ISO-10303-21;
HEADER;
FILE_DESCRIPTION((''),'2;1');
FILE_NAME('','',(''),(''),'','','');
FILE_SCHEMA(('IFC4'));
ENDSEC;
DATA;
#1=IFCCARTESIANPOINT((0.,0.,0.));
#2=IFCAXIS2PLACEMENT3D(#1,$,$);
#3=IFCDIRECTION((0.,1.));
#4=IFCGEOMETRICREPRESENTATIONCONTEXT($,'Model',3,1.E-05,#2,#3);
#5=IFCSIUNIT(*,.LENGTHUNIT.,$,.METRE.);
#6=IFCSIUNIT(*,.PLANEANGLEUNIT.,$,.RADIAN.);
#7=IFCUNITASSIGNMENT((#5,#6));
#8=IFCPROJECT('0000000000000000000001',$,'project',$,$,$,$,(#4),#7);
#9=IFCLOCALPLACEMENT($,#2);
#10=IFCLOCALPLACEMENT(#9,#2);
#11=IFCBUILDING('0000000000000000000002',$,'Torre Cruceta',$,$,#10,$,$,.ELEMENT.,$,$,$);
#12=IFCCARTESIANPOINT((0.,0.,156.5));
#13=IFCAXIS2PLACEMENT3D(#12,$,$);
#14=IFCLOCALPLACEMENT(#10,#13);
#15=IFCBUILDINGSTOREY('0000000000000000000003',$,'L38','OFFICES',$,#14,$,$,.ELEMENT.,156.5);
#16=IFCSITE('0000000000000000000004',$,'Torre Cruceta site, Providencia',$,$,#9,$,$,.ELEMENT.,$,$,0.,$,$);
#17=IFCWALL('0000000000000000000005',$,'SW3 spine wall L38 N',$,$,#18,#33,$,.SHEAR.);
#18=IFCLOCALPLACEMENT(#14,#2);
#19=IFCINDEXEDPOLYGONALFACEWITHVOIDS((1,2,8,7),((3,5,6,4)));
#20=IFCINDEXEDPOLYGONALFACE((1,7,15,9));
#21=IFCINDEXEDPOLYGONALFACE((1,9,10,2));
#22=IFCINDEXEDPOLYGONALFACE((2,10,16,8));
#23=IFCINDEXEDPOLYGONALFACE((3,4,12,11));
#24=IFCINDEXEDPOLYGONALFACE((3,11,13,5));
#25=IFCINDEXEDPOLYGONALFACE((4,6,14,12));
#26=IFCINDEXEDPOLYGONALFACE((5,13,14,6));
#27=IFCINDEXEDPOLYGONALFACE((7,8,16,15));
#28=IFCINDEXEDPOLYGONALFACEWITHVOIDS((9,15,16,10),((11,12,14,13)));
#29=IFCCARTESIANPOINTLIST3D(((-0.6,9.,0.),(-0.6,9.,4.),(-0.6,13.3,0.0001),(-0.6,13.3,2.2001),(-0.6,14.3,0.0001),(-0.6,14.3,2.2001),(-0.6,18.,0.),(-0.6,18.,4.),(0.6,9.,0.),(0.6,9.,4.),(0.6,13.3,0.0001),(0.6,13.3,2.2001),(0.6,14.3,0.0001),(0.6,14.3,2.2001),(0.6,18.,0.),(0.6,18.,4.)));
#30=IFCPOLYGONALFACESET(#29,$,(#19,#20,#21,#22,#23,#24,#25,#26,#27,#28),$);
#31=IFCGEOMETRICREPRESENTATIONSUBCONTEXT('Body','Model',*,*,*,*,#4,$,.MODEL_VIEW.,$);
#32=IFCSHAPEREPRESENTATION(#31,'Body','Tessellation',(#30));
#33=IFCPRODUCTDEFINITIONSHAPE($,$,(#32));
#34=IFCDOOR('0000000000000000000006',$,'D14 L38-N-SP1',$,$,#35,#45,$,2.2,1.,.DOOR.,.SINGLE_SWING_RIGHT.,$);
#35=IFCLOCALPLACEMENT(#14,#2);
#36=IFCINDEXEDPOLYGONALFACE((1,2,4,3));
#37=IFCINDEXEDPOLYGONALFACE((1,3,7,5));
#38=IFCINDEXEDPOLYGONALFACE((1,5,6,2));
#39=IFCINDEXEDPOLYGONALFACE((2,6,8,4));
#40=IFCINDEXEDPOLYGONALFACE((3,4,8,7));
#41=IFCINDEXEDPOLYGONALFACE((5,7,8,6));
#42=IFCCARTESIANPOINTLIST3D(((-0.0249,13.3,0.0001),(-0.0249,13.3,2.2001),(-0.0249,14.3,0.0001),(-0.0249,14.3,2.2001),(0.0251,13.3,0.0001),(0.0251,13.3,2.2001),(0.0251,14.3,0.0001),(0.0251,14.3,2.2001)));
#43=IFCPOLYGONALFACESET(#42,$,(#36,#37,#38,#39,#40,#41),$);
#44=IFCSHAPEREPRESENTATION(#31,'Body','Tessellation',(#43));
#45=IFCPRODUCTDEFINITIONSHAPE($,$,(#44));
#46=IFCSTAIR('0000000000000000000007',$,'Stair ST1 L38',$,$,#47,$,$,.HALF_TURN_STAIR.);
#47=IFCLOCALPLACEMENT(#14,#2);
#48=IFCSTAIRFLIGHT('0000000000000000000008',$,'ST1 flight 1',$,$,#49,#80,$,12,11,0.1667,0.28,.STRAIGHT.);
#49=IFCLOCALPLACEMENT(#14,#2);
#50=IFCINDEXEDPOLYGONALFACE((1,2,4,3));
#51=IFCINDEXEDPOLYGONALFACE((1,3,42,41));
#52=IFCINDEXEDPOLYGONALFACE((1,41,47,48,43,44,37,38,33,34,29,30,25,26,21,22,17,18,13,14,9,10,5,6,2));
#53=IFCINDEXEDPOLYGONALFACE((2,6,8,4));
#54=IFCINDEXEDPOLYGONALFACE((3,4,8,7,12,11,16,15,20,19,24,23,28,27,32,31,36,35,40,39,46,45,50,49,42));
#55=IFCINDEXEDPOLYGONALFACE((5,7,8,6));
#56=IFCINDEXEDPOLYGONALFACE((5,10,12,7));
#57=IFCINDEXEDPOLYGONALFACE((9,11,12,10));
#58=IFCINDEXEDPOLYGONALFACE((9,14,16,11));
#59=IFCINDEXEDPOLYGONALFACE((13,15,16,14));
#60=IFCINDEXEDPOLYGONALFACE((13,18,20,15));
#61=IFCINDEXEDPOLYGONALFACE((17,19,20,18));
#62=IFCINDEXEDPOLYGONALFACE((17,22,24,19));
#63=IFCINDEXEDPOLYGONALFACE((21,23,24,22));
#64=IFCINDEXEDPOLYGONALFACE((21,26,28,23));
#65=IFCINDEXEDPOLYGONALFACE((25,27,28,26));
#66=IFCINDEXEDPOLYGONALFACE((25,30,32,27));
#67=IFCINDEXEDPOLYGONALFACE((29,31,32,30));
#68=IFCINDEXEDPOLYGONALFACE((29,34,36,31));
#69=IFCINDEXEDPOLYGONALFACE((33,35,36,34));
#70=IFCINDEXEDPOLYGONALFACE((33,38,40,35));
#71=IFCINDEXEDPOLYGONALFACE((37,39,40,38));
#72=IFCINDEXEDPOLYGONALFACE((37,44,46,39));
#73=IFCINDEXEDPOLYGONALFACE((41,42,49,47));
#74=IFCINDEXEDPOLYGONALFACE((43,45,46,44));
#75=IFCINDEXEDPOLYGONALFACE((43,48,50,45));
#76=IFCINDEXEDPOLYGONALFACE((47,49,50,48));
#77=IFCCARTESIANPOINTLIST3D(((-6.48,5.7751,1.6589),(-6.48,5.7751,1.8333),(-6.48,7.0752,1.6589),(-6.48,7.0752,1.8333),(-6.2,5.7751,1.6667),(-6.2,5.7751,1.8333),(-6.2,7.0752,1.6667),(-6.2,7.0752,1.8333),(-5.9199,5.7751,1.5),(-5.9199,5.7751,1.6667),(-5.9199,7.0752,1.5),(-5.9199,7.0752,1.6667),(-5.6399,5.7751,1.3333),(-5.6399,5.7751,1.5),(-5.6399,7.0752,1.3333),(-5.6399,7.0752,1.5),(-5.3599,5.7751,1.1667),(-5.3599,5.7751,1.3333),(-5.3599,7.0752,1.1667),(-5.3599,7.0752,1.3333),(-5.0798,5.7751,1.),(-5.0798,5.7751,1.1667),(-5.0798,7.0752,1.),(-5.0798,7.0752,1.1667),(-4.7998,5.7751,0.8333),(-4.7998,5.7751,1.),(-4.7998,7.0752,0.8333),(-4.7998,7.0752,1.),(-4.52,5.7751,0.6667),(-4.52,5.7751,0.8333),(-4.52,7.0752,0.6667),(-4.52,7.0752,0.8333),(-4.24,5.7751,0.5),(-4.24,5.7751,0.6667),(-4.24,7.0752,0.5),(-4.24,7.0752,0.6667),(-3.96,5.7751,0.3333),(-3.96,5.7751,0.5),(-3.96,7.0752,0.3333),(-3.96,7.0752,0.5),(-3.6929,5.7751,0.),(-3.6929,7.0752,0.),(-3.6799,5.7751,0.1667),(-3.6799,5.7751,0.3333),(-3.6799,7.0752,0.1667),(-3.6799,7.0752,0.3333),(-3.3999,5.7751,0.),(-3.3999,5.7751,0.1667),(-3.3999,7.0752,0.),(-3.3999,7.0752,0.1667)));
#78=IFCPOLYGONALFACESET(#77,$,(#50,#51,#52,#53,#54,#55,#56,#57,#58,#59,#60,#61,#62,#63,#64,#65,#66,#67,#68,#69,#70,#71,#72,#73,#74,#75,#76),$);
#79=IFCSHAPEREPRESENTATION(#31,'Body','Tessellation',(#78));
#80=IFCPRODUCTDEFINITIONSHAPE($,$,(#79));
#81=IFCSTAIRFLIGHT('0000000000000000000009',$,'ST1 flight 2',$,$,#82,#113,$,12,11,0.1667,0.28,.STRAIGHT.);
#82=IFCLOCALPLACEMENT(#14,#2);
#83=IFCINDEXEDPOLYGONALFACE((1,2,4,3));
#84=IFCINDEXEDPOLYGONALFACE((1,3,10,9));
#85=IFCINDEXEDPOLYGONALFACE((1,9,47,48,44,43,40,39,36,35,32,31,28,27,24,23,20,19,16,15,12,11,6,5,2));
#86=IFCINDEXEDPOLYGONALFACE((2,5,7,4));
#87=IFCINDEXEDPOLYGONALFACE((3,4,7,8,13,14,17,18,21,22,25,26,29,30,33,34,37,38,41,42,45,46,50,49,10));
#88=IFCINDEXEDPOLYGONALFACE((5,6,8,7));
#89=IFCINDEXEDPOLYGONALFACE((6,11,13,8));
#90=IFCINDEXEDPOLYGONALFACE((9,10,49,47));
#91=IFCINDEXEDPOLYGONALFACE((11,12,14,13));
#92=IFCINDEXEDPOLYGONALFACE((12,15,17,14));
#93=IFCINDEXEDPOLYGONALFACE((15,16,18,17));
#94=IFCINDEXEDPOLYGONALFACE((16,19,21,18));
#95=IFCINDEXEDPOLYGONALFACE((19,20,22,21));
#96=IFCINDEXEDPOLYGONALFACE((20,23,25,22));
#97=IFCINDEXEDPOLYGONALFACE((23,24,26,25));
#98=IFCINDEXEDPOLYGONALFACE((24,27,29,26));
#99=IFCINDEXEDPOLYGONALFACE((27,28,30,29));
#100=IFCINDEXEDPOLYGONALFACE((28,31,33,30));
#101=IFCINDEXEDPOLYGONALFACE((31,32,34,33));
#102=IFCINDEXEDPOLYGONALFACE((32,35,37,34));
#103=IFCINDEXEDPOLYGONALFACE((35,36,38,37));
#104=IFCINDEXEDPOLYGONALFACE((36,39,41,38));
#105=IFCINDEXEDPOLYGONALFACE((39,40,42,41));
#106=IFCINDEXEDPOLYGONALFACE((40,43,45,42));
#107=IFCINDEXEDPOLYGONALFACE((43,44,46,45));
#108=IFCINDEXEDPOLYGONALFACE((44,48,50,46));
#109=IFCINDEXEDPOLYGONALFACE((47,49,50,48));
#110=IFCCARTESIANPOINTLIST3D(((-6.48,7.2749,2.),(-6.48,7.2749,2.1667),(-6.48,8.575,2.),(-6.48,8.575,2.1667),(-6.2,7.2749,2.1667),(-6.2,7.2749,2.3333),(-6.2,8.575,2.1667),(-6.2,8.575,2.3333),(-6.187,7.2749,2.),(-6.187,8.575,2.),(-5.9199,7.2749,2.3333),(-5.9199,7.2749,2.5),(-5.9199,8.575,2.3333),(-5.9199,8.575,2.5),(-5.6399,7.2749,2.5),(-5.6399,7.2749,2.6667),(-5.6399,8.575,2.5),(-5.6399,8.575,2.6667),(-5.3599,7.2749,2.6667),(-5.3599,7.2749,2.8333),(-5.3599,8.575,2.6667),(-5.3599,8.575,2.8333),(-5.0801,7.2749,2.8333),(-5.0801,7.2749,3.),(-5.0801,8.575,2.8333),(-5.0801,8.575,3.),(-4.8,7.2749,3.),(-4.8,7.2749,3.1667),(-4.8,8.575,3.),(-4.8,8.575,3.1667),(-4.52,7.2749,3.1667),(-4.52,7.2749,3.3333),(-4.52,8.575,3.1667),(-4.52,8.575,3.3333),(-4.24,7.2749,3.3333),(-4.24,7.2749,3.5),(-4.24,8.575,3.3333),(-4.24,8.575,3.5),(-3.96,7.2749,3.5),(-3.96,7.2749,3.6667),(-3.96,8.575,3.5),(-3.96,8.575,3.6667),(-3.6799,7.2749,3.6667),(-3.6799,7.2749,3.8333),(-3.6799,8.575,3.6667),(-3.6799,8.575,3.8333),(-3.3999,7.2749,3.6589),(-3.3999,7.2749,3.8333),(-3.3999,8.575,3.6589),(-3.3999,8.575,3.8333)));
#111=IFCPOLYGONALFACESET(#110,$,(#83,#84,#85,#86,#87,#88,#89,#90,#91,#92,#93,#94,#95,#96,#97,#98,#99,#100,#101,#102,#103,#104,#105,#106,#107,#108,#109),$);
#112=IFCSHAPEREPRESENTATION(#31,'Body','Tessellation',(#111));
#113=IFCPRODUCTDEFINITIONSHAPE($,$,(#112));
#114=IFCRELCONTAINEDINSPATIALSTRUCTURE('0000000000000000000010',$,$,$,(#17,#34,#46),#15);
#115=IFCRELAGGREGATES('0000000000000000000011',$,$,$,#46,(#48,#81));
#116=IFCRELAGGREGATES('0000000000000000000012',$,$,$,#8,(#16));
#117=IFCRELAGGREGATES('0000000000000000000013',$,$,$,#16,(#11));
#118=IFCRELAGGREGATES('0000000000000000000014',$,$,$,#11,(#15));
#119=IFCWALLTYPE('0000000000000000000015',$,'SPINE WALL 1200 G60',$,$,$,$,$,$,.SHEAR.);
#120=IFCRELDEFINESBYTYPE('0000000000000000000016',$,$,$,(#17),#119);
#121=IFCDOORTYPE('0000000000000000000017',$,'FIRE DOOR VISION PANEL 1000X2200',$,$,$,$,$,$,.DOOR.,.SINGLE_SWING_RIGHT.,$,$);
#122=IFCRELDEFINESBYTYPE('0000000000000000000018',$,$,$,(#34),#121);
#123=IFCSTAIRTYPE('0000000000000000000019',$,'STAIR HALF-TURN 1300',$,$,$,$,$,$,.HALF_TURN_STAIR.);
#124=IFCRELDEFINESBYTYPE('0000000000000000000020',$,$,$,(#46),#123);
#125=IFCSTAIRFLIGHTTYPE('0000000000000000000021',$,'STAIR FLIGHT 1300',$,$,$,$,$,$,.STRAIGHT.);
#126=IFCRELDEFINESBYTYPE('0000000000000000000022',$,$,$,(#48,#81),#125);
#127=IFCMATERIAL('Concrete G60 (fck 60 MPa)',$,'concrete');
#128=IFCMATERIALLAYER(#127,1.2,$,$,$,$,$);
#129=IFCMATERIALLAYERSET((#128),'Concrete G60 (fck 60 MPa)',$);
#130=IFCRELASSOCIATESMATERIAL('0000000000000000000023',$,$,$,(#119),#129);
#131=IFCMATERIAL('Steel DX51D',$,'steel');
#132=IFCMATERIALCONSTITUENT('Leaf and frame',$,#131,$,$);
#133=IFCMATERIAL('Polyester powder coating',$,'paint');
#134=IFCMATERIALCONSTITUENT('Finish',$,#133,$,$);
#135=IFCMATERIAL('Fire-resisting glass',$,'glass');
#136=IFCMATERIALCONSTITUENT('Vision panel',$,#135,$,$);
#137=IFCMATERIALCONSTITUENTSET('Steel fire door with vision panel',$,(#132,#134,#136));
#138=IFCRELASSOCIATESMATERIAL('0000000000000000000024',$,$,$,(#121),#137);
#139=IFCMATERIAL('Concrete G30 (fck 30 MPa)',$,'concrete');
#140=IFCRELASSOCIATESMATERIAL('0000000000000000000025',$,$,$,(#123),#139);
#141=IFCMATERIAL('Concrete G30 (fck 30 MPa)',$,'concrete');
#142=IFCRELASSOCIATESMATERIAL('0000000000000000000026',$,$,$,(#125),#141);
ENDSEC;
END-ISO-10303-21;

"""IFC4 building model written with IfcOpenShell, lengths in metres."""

from ifc_helpers import new_model, si_unit, direction, frame, frame_2d, origin, place, context, subcontext, project, spatial, polyline, rectangle, outline, extrude, material, layer, layer_set, constituent, constituent_set, type_object, element, fill, aggregate, save


model = new_model("IFC4")

# Units and contexts
model_context = context("Model", 3, precision=1e-05, world=origin(), true_north=direction((0.0, 1.0)))
body_context = subcontext(model_context, "Body", "Model", "MODEL_VIEW")
ifc_project = project(units=[si_unit("LENGTHUNIT", "METRE"), si_unit("PLANEANGLEUNIT", "RADIAN")], contexts=[model_context])

# Site, building, storey
site_placement = place(None, origin())
site = spatial("IfcSite", under=ifc_project, at=site_placement, Name="Torre Cruceta site, Providencia", CompositionType="ELEMENT", RefElevation=0.0)
building_placement = place(site_placement, origin())
building = spatial("IfcBuilding", under=site, at=building_placement, Name="Torre Cruceta", CompositionType="ELEMENT")
storey_placement = place(building_placement, frame((0.0, 0.0, 156.5)))
storey = spatial("IfcBuildingStorey", under=building, at=storey_placement, Name="L38", Description="OFFICES", CompositionType="ELEMENT", Elevation=156.5)

# Wall, opening, door
ifc_material_1 = material(Name="Concrete G60 (fck 60 MPa)", Category="concrete")
ifc_layer_1 = layer(ifc_material_1, 1.2)
ifc_layer_set_1 = layer_set([ifc_layer_1], Name="Concrete G60 (fck 60 MPa)")
wall_type_1 = type_object("IfcWallType", Name="SPINE WALL 1200 G60", PredefinedType="SHEAR", material=ifc_layer_set_1)
wall_1_placement = place(storey_placement, frame((0.0, 9.0, 0.0), z_axis=(0.0, 0.0, 1.0), x_axis=(0.0, 1.0, 0.0)))
wall_1 = element("IfcWall", 1, at=wall_1_placement, inside=storey, type_object=wall_type_1, Name="SW3 spine wall L38 N", PredefinedType="SHEAR", context=body_context, shape_type="SweptSolid", body=[
    extrude(rectangle(XDim=9.0, YDim=1.2, at=frame_2d((4.5, 0.0))), origin(), (0.0, 0.0, 1.0), 4.0),
])
opening_1_placement = place(wall_1_placement, frame((4.3, 0.0, 0.0)))
opening_1 = element("IfcOpeningElement", 2, at=opening_1_placement, cuts=wall_1, PredefinedType="OPENING", context=body_context, shape_type="SweptSolid", body=[
    extrude(rectangle(XDim=1.0, YDim=2.2, at=frame_2d((0.5, 1.1001))), frame((0.0, 0.6099, 0.0), z_axis=(0.0, -1.0, 0.0), x_axis=(1.0, 0.0, 0.0)), (0.0, 0.0, 1.0), 1.22),
])
ifc_material_2 = material(Name="Steel DX51D", Category="steel")
ifc_constituent_1 = constituent(ifc_material_2, Name="Leaf and frame")
ifc_material_3 = material(Name="Polyester powder coating", Category="paint")
ifc_constituent_2 = constituent(ifc_material_3, Name="Finish")
ifc_material_4 = material(Name="Fire-resisting glass", Category="glass")
ifc_constituent_3 = constituent(ifc_material_4, Name="Vision panel")
ifc_constituent_set_1 = constituent_set(constituents=[ifc_constituent_1, ifc_constituent_2, ifc_constituent_3], Name="Steel fire door with vision panel")
door_type_1 = type_object("IfcDoorType", Name="FIRE DOOR VISION PANEL 1000X2200", OperationType="SINGLE_SWING_RIGHT", PredefinedType="DOOR", material=ifc_constituent_set_1)
door_1_placement = place(opening_1_placement, origin())
door_1 = element("IfcDoor", 3, at=door_1_placement, inside=storey, type_object=door_type_1, Name="D14 L38-N-SP1", OperationType="SINGLE_SWING_RIGHT", OverallHeight=2.2, OverallWidth=1.0, PredefinedType="DOOR", context=body_context, shape_type="SweptSolid", body=[
    extrude(rectangle(XDim=1.0, YDim=2.2, at=frame_2d((0.5, 1.1001))), frame((0.0, 0.0249, 0.0), z_axis=(0.0, -1.0, 0.0), x_axis=(1.0, 0.0, 0.0)), (0.0, 0.0, 1.0), 0.05),
])
fill(opening_1, door_1)

# Stair, stair flights
ifc_material_5 = material(Name="Concrete G30 (fck 30 MPa)", Category="concrete")
stair_type = type_object("IfcStairType", Name="STAIR HALF-TURN 1300", PredefinedType="HALF_TURN_STAIR", material=ifc_material_5)
stair_placement = place(storey_placement, origin())
stair = element("IfcStair", 4, at=stair_placement, inside=storey, type_object=stair_type, Name="Stair ST1 L38", PredefinedType="HALF_TURN_STAIR")
ifc_material_6 = material(Name="Concrete G30 (fck 30 MPa)", Category="concrete")
stair_flight_type = type_object("IfcStairFlightType", Name="STAIR FLIGHT 1300", PredefinedType="STRAIGHT", material=ifc_material_6)
stair_flight_1_placement = place(storey_placement, frame((-3.3999, 6.425, 0.0), z_axis=(0.0, 0.0, 1.0), x_axis=(-1.0, 0.0, 0.0)))
stair_flight_1 = element("IfcStairFlight", 5, at=stair_flight_1_placement, type_object=stair_flight_type, Name="ST1 flight 1", NumberOfRisers=12, NumberOfTreads=11, PredefinedType="STRAIGHT", RiserHeight=0.1667, TreadLength=0.28, context=body_context, shape_type="SweptSolid", body=[
    extrude(outline(polyline([(0.0, 0.0), (0.0, 0.1667), (0.28, 0.1667), (0.28, 0.3333), (0.5601, 0.3333), (0.5601, 0.5), (0.8401, 0.5), (0.8401, 0.6667), (1.1201, 0.6667), (1.1201, 0.8333), (1.3999, 0.8333), (1.3999, 1.0), (1.6799, 1.0), (1.6799, 1.1667), (1.96, 1.1667), (1.96, 1.3333), (2.24, 1.3333), (2.24, 1.5), (2.52, 1.5), (2.52, 1.6667), (2.8, 1.6667), (2.8, 1.8333), (3.0801, 1.8333), (3.0801, 2.0), (3.0801, 1.6589), (0.293, 0.0), (0.0, 0.0)])), frame((0.0, 0.6499, 0.0), z_axis=(0.0, -1.0, 0.0), x_axis=(1.0, 0.0, 0.0)), (0.0, 0.0, 1.0), 1.3),
])
stair_flight_2_placement = place(storey_placement, frame((-6.48, 7.925, 2.0), z_axis=(0.0, 0.0, 1.0), x_axis=(1.0, 0.0, 0.0)))
stair_flight_2 = element("IfcStairFlight", 6, at=stair_flight_2_placement, type_object=stair_flight_type, Name="ST1 flight 2", NumberOfRisers=12, NumberOfTreads=11, PredefinedType="STRAIGHT", RiserHeight=0.1667, TreadLength=0.28, context=body_context, shape_type="SweptSolid", body=[
    extrude(outline(polyline([(0.0, 0.0), (0.0, 0.1667), (0.28, 0.1667), (0.28, 0.3333), (0.5601, 0.3333), (0.5601, 0.5), (0.8401, 0.5), (0.8401, 0.6667), (1.1201, 0.6667), (1.1201, 0.8333), (1.3999, 0.8333), (1.3999, 1.0), (1.6799, 1.0), (1.6799, 1.1667), (1.96, 1.1667), (1.96, 1.3333), (2.24, 1.3333), (2.24, 1.5), (2.52, 1.5), (2.52, 1.6667), (2.8, 1.6667), (2.8, 1.8333), (3.0801, 1.8333), (3.0801, 2.0), (3.0801, 1.6589), (0.293, 0.0), (0.0, 0.0)])), frame((0.0, 0.6499, 0.0), z_axis=(0.0, -1.0, 0.0), x_axis=(1.0, 0.0, 0.0)), (0.0, 0.0, 1.0), 1.3),
])
aggregate(stair, [stair_flight_1, stair_flight_2])

save(model, "model.ifc")
